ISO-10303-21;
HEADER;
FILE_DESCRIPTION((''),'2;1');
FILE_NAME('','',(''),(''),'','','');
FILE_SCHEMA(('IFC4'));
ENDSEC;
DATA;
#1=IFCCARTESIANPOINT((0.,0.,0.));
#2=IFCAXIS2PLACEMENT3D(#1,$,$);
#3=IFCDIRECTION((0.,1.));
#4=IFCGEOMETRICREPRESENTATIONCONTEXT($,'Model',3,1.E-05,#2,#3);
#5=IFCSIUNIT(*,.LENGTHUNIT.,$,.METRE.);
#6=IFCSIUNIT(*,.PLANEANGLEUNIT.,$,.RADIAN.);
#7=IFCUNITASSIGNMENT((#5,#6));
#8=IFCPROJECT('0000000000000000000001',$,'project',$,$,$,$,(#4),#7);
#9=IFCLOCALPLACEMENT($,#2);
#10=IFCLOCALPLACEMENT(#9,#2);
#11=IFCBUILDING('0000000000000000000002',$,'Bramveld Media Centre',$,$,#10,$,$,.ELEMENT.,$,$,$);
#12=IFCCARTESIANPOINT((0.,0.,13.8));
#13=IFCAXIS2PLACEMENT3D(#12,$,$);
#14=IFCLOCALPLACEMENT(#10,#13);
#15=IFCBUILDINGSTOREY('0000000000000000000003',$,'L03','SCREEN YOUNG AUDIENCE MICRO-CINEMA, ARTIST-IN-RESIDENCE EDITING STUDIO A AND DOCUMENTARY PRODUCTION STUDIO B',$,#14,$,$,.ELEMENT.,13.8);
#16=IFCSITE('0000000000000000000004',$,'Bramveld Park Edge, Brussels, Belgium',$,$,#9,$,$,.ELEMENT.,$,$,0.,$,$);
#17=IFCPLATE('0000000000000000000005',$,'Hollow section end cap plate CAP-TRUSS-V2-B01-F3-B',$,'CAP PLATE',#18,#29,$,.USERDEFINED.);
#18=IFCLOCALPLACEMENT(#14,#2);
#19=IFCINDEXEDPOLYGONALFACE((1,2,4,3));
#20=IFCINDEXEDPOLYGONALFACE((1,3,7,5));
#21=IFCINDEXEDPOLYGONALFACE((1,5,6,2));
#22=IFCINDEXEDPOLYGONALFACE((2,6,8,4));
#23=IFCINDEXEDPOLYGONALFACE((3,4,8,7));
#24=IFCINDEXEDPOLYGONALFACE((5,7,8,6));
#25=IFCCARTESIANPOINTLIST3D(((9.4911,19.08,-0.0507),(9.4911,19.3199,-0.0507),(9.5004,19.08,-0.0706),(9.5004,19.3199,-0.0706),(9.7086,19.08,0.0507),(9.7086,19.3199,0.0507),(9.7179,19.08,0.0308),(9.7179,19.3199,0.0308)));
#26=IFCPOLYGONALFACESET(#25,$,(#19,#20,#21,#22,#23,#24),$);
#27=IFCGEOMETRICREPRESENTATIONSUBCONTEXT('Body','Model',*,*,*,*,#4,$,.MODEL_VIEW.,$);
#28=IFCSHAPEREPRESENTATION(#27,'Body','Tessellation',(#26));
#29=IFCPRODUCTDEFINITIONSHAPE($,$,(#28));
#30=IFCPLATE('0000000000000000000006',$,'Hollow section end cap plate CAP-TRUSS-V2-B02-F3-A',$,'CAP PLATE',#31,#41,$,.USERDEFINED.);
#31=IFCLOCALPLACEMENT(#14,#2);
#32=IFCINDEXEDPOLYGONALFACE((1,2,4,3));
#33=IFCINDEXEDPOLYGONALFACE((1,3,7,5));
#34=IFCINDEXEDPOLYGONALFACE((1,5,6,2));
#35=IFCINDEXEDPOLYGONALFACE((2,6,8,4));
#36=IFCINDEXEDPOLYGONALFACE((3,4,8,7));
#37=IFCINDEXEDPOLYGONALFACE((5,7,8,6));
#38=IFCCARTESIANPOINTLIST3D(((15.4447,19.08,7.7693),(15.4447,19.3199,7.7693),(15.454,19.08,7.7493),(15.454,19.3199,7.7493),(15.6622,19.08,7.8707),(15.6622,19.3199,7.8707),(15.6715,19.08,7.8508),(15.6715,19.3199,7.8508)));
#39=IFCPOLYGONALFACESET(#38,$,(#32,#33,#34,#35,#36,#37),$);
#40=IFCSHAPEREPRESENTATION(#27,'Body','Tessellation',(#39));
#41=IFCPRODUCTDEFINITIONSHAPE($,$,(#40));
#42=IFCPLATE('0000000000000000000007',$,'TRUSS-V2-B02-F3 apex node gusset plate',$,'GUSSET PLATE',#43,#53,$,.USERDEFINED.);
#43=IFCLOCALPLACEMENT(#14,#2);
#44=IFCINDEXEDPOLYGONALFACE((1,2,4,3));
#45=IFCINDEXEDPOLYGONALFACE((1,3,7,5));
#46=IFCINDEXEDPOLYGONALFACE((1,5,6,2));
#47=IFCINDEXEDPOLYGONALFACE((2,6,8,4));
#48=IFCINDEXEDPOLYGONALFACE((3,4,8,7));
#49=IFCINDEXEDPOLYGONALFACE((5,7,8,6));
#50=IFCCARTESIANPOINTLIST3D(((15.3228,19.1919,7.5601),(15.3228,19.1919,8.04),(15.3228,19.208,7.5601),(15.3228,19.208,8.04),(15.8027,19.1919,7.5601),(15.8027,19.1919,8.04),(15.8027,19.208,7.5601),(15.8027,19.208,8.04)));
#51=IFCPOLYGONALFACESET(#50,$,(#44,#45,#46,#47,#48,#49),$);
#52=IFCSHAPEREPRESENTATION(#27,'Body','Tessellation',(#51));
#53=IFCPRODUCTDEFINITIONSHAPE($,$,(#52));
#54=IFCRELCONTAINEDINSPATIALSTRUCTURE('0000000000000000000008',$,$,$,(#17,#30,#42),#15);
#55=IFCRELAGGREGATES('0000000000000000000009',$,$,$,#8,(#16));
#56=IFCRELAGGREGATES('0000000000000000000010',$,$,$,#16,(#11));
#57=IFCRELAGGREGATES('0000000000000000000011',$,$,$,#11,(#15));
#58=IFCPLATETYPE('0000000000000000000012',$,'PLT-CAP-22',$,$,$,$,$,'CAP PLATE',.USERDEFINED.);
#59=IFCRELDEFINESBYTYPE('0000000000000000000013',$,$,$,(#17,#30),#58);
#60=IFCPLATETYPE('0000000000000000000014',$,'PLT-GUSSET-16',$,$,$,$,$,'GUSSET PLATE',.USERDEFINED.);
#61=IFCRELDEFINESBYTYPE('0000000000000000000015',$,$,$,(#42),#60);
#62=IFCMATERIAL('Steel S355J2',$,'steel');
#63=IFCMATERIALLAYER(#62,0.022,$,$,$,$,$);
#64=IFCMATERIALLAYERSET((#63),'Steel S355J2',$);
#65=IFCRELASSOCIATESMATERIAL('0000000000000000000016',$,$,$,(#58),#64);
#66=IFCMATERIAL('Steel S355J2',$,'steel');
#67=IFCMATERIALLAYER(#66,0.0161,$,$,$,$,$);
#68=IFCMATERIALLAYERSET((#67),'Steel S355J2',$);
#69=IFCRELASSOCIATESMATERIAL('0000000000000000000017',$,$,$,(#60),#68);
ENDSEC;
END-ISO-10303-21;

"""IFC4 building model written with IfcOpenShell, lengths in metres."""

from ifc_helpers import new_model, si_unit, direction, frame, origin, origin_2d, place, context, subcontext, project, spatial, rectangle, extrude, material, layer, layer_set, type_object, element, save


model = new_model("IFC4")

# Units and contexts
model_context = context("Model", 3, precision=1e-05, world=origin(), true_north=direction((0.0, 1.0)))
body_context = subcontext(model_context, "Body", "Model", "MODEL_VIEW")
ifc_project = project(units=[si_unit("LENGTHUNIT", "METRE"), si_unit("PLANEANGLEUNIT", "RADIAN")], contexts=[model_context])

# Site, building, storey
site_placement = place(None, origin())
site = spatial("IfcSite", under=ifc_project, at=site_placement, Name="Bramveld Park Edge, Brussels, Belgium", CompositionType="ELEMENT", RefElevation=0.0)
building_placement = place(site_placement, origin())
building = spatial("IfcBuilding", under=site, at=building_placement, Name="Bramveld Media Centre", CompositionType="ELEMENT")
storey_placement = place(building_placement, frame((0.0, 0.0, 13.8)))
storey = spatial("IfcBuildingStorey", under=building, at=storey_placement, Name="L03", Description="SCREEN YOUNG AUDIENCE MICRO-CINEMA, ARTIST-IN-RESIDENCE EDITING STUDIO A AND DOCUMENTARY PRODUCTION STUDIO B", CompositionType="ELEMENT", Elevation=13.8)

# Plates
ifc_material_1 = material(Name="Steel S355J2", Category="steel")
ifc_layer_1 = layer(ifc_material_1, 0.022)
ifc_layer_set_1 = layer_set([ifc_layer_1], Name="Steel S355J2")
plate_type_1 = type_object("IfcPlateType", Name="PLT-CAP-22", ElementType="CAP PLATE", PredefinedType="USERDEFINED", material=ifc_layer_set_1)
for number, where, z_axis, x_axis, name in (
    (1, (9.5999, 19.2, 0.0), (0.422618, 0.0, -0.906308), (0.0, 1.0, 0.0), "Hollow section end cap plate CAP-TRUSS-V2-B01-F3-B"),
    (2, (15.5627, 19.2, 7.8), (-0.422618, 0.0, 0.906308), (0.0, -1.0, 0.0), "Hollow section end cap plate CAP-TRUSS-V2-B02-F3-A"),
):
    element("IfcPlate", number, at=place(storey_placement, frame(where, z_axis=z_axis, x_axis=x_axis)), inside=storey, type_object=plate_type_1, Name=name, ObjectType="CAP PLATE", PredefinedType="USERDEFINED", context=body_context, shape_type="SweptSolid", body=[
        extrude(rectangle(XDim=0.24, YDim=0.24, at=origin_2d()), origin(), (0.0, 0.0, 1.0), 0.022),
    ])
ifc_material_2 = material(Name="Steel S355J2", Category="steel")
ifc_layer_2 = layer(ifc_material_2, 0.0161)
ifc_layer_set_2 = layer_set([ifc_layer_2], Name="Steel S355J2")
plate_type_2 = type_object("IfcPlateType", Name="PLT-GUSSET-16", ElementType="GUSSET PLATE", PredefinedType="USERDEFINED", material=ifc_layer_set_2)
plate_placement = place(storey_placement, frame((15.5627, 19.2, 7.5601), z_axis=(0.0, 0.0, 1.0), x_axis=(1.0, 0.0, 0.0)))
element("IfcPlate", 3, at=plate_placement, inside=storey, type_object=plate_type_2, Name="TRUSS-V2-B02-F3 apex node gusset plate", ObjectType="GUSSET PLATE", PredefinedType="USERDEFINED", context=body_context, shape_type="SweptSolid", body=[
    extrude(rectangle(XDim=0.48, YDim=0.0161, at=origin_2d()), origin(), (0.0, 0.0, 1.0), 0.48),
])

save(model, "model.ifc")
